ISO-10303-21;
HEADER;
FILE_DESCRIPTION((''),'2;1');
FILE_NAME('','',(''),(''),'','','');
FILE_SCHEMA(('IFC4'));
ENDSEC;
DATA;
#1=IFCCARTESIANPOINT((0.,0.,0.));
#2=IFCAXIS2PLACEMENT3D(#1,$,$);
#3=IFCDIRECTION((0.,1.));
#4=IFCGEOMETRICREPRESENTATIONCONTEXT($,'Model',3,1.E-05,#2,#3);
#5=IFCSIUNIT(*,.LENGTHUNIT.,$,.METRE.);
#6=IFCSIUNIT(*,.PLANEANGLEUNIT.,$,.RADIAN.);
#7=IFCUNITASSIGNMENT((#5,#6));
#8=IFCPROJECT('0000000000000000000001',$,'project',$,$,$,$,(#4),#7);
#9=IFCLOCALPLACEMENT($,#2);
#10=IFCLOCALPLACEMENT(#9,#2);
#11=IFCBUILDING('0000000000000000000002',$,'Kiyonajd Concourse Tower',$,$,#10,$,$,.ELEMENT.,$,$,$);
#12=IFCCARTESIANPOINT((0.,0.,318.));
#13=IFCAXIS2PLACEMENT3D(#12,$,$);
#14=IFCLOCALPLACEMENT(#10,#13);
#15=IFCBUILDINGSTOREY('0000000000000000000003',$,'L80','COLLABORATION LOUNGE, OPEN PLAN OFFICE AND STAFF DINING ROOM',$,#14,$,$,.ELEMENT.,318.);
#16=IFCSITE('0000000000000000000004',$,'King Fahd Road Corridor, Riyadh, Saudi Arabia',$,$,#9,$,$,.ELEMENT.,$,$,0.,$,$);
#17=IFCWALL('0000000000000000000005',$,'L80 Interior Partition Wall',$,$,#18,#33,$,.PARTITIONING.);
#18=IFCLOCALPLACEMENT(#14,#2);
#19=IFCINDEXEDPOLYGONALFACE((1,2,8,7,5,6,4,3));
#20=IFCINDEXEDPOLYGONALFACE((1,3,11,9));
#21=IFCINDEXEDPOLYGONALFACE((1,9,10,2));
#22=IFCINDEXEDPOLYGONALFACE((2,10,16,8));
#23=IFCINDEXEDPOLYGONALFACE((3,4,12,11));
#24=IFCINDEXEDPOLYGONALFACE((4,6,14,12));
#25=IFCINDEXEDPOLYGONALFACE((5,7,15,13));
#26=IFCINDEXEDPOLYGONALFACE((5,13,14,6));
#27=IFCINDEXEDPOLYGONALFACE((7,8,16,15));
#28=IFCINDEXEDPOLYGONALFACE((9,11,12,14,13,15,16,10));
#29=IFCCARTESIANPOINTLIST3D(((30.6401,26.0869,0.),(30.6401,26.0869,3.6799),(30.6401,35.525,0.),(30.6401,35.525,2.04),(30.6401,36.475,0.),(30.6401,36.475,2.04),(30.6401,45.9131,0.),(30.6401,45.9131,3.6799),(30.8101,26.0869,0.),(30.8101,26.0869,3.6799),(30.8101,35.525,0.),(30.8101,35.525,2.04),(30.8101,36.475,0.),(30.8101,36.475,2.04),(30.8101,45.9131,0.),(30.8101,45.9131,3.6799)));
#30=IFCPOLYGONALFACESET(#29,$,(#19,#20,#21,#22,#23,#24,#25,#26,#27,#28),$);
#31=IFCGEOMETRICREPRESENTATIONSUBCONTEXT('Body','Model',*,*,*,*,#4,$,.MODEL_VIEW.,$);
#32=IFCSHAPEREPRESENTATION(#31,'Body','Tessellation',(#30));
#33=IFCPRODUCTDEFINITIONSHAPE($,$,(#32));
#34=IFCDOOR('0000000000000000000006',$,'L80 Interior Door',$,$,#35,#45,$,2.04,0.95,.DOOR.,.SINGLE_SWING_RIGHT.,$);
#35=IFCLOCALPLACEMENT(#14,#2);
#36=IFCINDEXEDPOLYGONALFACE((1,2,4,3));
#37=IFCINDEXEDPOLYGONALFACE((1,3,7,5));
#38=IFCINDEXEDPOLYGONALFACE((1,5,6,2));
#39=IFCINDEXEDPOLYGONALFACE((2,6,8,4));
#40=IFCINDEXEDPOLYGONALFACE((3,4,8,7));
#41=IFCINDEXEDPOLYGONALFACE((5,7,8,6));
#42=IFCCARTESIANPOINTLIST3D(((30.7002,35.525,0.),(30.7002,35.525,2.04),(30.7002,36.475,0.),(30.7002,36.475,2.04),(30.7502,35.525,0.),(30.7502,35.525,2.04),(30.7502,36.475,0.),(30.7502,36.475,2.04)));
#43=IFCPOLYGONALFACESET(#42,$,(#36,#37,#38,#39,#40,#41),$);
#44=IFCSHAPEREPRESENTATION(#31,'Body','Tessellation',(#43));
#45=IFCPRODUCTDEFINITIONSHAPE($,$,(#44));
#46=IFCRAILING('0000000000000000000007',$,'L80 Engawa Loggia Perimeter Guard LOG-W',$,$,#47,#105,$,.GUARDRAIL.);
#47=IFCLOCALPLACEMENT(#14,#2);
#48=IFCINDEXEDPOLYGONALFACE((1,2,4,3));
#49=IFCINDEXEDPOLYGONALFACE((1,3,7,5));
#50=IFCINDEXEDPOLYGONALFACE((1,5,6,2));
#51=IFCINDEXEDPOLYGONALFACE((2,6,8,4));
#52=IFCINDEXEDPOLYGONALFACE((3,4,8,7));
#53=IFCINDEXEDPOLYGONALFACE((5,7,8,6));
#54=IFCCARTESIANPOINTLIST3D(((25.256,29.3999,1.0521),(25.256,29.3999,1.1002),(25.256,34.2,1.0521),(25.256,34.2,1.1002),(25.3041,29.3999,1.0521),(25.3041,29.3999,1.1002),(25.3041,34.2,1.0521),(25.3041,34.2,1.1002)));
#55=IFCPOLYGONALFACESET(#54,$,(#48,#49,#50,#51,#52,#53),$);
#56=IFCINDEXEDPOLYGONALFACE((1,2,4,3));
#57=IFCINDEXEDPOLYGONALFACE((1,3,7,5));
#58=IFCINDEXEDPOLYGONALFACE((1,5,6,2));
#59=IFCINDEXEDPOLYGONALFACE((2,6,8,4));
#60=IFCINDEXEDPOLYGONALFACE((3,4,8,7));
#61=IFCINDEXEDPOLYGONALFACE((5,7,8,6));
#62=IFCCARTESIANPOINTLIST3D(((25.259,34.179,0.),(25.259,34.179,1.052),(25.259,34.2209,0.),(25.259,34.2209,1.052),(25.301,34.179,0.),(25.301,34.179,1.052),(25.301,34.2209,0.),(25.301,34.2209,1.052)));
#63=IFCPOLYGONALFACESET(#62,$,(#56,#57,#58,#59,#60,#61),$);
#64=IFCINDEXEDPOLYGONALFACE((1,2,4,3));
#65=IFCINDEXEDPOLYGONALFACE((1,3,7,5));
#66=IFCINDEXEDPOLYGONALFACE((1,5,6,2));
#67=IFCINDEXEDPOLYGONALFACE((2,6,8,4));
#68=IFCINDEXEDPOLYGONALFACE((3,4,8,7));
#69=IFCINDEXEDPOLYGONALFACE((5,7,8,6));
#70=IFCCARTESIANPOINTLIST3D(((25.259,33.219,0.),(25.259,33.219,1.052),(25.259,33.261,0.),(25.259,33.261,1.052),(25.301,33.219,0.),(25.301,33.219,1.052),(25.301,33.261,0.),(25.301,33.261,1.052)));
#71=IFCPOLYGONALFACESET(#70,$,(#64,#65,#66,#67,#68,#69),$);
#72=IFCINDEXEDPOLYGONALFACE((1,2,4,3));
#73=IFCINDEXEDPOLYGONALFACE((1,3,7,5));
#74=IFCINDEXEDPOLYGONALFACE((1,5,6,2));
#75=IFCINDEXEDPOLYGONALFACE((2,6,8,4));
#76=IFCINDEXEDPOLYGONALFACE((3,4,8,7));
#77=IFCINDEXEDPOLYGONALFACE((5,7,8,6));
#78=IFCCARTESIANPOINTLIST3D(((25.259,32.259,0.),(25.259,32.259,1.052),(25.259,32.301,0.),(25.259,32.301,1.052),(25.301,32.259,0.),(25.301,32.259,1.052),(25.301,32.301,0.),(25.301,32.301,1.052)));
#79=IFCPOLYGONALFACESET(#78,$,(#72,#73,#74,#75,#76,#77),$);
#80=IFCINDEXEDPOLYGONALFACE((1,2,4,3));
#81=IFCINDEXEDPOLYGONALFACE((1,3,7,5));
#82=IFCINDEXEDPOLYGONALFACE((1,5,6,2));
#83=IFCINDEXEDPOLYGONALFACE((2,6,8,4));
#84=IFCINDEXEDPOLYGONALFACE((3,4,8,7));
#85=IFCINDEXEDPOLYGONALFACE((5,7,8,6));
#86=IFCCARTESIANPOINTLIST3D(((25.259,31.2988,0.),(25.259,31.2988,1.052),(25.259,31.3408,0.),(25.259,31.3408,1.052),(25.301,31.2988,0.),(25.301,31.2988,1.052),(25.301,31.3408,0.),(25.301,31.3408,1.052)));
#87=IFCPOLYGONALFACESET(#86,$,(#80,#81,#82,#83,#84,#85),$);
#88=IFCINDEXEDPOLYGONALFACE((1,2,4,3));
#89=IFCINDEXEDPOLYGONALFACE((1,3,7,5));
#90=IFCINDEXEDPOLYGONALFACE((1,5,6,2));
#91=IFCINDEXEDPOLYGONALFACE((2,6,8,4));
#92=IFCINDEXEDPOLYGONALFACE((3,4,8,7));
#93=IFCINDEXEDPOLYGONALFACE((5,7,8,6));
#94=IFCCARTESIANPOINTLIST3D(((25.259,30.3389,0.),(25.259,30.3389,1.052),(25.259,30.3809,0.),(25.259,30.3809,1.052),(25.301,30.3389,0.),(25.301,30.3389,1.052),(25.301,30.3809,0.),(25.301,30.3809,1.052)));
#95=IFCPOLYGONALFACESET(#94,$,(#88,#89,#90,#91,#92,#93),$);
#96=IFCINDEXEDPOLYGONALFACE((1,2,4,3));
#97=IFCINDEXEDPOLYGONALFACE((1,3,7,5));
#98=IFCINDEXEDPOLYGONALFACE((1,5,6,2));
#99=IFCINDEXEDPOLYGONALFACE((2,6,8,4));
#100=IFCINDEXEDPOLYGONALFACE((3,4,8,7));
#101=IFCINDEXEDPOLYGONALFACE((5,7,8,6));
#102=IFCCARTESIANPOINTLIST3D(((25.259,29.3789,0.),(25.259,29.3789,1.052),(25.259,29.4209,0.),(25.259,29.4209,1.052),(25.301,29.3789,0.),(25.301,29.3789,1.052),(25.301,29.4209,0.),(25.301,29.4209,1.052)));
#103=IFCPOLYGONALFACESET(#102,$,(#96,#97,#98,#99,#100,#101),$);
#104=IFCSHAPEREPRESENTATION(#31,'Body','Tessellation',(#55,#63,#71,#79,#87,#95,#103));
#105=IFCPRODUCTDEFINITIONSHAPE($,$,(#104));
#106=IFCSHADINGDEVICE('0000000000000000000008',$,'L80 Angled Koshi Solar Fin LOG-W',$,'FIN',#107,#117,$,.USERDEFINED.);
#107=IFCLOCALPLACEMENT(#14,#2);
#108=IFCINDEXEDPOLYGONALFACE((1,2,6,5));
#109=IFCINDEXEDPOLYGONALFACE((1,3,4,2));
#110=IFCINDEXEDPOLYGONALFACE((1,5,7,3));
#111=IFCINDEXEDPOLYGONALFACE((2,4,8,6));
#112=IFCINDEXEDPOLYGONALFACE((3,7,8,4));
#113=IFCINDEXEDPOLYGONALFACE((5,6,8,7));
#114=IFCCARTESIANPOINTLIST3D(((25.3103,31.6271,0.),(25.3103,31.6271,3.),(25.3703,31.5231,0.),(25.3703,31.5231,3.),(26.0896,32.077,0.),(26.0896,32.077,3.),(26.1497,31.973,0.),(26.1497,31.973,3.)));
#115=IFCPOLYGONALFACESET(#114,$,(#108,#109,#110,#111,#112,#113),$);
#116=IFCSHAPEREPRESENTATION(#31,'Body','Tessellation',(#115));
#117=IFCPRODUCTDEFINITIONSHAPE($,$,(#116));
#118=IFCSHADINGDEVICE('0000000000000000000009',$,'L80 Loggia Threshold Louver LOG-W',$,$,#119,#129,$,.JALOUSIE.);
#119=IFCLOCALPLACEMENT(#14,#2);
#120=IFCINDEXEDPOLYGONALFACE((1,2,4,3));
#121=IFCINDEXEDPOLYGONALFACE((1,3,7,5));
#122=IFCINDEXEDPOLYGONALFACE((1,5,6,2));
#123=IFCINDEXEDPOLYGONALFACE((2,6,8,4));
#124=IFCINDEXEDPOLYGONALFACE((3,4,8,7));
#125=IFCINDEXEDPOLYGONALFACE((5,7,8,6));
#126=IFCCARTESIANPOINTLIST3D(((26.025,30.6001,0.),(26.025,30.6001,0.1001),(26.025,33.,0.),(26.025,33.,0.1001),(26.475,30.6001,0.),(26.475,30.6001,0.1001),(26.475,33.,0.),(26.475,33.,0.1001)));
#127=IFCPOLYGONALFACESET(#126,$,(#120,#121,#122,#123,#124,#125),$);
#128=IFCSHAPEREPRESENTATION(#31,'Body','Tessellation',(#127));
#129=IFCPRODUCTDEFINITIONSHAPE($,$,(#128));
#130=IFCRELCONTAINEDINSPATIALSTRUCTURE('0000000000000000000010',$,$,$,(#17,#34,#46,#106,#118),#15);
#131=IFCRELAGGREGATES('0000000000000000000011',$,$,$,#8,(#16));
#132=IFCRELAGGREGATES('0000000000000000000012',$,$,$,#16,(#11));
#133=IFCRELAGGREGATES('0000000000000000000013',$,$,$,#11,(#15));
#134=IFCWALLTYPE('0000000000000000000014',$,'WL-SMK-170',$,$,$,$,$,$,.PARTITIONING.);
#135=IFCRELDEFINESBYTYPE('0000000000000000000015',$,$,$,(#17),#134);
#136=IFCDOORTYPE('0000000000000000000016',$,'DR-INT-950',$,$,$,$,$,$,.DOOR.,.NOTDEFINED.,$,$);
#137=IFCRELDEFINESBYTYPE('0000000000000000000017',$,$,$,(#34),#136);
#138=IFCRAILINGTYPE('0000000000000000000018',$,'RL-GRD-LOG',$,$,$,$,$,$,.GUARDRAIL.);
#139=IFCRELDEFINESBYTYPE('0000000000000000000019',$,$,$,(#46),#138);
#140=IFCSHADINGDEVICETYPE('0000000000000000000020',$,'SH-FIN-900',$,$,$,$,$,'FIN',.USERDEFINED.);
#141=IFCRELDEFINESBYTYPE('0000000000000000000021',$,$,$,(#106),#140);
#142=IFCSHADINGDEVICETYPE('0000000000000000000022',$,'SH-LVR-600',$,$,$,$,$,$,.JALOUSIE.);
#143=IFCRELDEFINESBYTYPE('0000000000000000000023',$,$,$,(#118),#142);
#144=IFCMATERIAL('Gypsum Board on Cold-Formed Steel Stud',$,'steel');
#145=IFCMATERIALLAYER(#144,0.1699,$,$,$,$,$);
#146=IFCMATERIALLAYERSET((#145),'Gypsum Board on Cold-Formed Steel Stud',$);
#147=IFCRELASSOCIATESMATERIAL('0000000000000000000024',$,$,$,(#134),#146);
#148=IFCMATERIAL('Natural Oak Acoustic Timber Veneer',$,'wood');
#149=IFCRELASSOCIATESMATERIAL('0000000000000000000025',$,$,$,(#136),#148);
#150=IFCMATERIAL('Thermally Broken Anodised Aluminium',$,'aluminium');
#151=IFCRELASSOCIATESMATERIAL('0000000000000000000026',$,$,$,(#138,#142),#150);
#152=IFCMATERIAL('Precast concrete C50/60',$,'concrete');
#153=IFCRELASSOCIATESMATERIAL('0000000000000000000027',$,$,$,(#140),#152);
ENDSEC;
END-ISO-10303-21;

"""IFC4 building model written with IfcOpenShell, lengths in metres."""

from ifc_helpers import new_model, si_unit, direction, frame, frame_2d, origin, origin_2d, place, context, subcontext, project, spatial, rectangle, extrude, material, layer, layer_set, type_object, element, fill, save


model = new_model("IFC4")

# Units and contexts
model_context = context("Model", 3, precision=1e-05, world=origin(), true_north=direction((0.0, 1.0)))
body_context = subcontext(model_context, "Body", "Model", "MODEL_VIEW")
ifc_project = project(units=[si_unit("LENGTHUNIT", "METRE"), si_unit("PLANEANGLEUNIT", "RADIAN")], contexts=[model_context])

# Site, building, storey
site_placement = place(None, origin())
site = spatial("IfcSite", under=ifc_project, at=site_placement, Name="King Fahd Road Corridor, Riyadh, Saudi Arabia", CompositionType="ELEMENT", RefElevation=0.0)
building_placement = place(site_placement, origin())
building = spatial("IfcBuilding", under=site, at=building_placement, Name="Kiyonajd Concourse Tower", CompositionType="ELEMENT")
storey_placement = place(building_placement, frame((0.0, 0.0, 318.0)))
storey = spatial("IfcBuildingStorey", under=building, at=storey_placement, Name="L80", Description="COLLABORATION LOUNGE, OPEN PLAN OFFICE AND STAFF DINING ROOM", CompositionType="ELEMENT", Elevation=318.0)

# Shared definitions
ifc_material_1 = material(Name="Thermally Broken Anodised Aluminium", Category="aluminium")

# Shared definitions
ifc_material_2 = material(Name="Precast concrete C50/60", Category="concrete")

# Shared definitions
ifc_material_3 = material(Name="Gypsum Board on Cold-Formed Steel Stud", Category="steel")
ifc_layer_1 = layer(ifc_material_3, 0.1699)
ifc_layer_set_1 = layer_set([ifc_layer_1], Name="Gypsum Board on Cold-Formed Steel Stud")
wall_type_1 = type_object("IfcWallType", Name="WL-SMK-170", PredefinedType="PARTITIONING", material=ifc_layer_set_1)
ifc_material_4 = material(Name="Natural Oak Acoustic Timber Veneer", Category="wood")
door_type_1 = type_object("IfcDoorType", Name="DR-INT-950", OperationType="NOTDEFINED", PredefinedType="DOOR", material=ifc_material_4)

# Wall, opening, door
wall_1_placement = place(storey_placement, frame((30.7251, 26.0869, 0.0), z_axis=(0.0, 0.0, 1.0), x_axis=(0.0, 1.0, 0.0)))
wall_1 = element("IfcWall", 1, at=wall_1_placement, inside=storey, type_object=wall_type_1, Name="L80 Interior Partition Wall", PredefinedType="PARTITIONING", context=body_context, shape_type="SweptSolid", body=[
    extrude(rectangle(XDim=19.8262, YDim=0.1699, at=frame_2d((9.9131, 0.0))), origin(), (0.0, 0.0, 1.0), 3.6799),
])
opening_1_placement = place(wall_1_placement, frame((9.438, 0.0, 0.0)))
opening_1 = element("IfcOpeningElement", 2, at=opening_1_placement, cuts=wall_1, PredefinedType="OPENING", context=body_context, shape_type="SweptSolid", body=[
    extrude(rectangle(XDim=0.95, YDim=2.04, at=frame_2d((0.4751, 1.02))), frame((0.0, 0.095, 0.0), z_axis=(0.0, -1.0, 0.0), x_axis=(1.0, 0.0, 0.0)), (0.0, 0.0, 1.0), 0.1899),
])
door_1_placement = place(opening_1_placement, origin())
door_1 = element("IfcDoor", 3, at=door_1_placement, inside=storey, type_object=door_type_1, Name="L80 Interior Door", OperationType="SINGLE_SWING_RIGHT", OverallHeight=2.04, OverallWidth=0.95, PredefinedType="DOOR", context=body_context, shape_type="SweptSolid", body=[
    extrude(rectangle(XDim=0.95, YDim=2.04, at=frame_2d((0.4751, 1.02))), frame((0.0, 0.0249, 0.0), z_axis=(0.0, -1.0, 0.0), x_axis=(1.0, 0.0, 0.0)), (0.0, 0.0, 1.0), 0.05),
])
fill(opening_1, door_1)

# Railing
railing_type = type_object("IfcRailingType", Name="RL-GRD-LOG", PredefinedType="GUARDRAIL", material=ifc_material_1)
railing_placement = place(storey_placement, frame((25.28, 34.2, 0.0)))
element("IfcRailing", 4, at=railing_placement, inside=storey, type_object=railing_type, Name="L80 Engawa Loggia Perimeter Guard LOG-W", PredefinedType="GUARDRAIL", context=body_context, shape_type="SweptSolid", body=[
    extrude(rectangle(XDim=0.0481, YDim=0.0481, at=origin_2d()), frame((0.0, 0.0, 1.0762), z_axis=(0.0, -1.0, 0.0), x_axis=(1.0, 0.0, 0.0)), (0.0, 0.0, 1.0), 4.8),
    extrude(rectangle(XDim=0.042, YDim=0.042, at=origin_2d()), origin(), (0.0, 0.0, 1.0), 1.052),
    extrude(rectangle(XDim=0.042, YDim=0.042, at=origin_2d()), frame((0.0, -0.96, 0.0)), (0.0, 0.0, 1.0), 1.052),
    extrude(rectangle(XDim=0.042, YDim=0.042, at=origin_2d()), frame((0.0, -1.9199, 0.0)), (0.0, 0.0, 1.0), 1.052),
    extrude(rectangle(XDim=0.042, YDim=0.042, at=origin_2d()), frame((0.0, -2.8801, 0.0)), (0.0, 0.0, 1.0), 1.052),
    extrude(rectangle(XDim=0.042, YDim=0.042, at=origin_2d()), frame((0.0, -3.8401, 0.0)), (0.0, 0.0, 1.0), 1.052),
    extrude(rectangle(XDim=0.042, YDim=0.042, at=origin_2d()), frame((0.0, -4.8, 0.0)), (0.0, 0.0, 1.0), 1.052),
])

# Shading devices
shading_device_type_1 = type_object("IfcShadingDeviceType", Name="SH-FIN-900", ElementType="FIN", PredefinedType="USERDEFINED", material=ifc_material_2)
shading_device_1_placement = place(storey_placement, frame((25.73, 31.8, 0.0), z_axis=(0.0, 0.0, 1.0), x_axis=(0.866025, 0.5, 0.0)))
element("IfcShadingDevice", 5, at=shading_device_1_placement, inside=storey, type_object=shading_device_type_1, Name="L80 Angled Koshi Solar Fin LOG-W", ObjectType="FIN", PredefinedType="USERDEFINED", context=body_context, shape_type="SweptSolid", body=[
    extrude(rectangle(XDim=0.8999, YDim=0.1201, at=origin_2d()), origin(), (0.0, 0.0, 1.0), 3.0),
])
shading_device_type_2 = type_object("IfcShadingDeviceType", Name="SH-LVR-600", PredefinedType="JALOUSIE", material=ifc_material_1)
shading_device_2_placement = place(storey_placement, frame((26.25, 31.8, 0.0), z_axis=(0.0, 0.0, 1.0), x_axis=(0.0, 1.0, 0.0)))
element("IfcShadingDevice", 6, at=shading_device_2_placement, inside=storey, type_object=shading_device_type_2, Name="L80 Loggia Threshold Louver LOG-W", PredefinedType="JALOUSIE", context=body_context, shape_type="SweptSolid", body=[
    extrude(rectangle(XDim=2.3999, YDim=0.45, at=origin_2d()), origin(), (0.0, 0.0, 1.0), 0.1001),
])

save(model, "model.ifc")
